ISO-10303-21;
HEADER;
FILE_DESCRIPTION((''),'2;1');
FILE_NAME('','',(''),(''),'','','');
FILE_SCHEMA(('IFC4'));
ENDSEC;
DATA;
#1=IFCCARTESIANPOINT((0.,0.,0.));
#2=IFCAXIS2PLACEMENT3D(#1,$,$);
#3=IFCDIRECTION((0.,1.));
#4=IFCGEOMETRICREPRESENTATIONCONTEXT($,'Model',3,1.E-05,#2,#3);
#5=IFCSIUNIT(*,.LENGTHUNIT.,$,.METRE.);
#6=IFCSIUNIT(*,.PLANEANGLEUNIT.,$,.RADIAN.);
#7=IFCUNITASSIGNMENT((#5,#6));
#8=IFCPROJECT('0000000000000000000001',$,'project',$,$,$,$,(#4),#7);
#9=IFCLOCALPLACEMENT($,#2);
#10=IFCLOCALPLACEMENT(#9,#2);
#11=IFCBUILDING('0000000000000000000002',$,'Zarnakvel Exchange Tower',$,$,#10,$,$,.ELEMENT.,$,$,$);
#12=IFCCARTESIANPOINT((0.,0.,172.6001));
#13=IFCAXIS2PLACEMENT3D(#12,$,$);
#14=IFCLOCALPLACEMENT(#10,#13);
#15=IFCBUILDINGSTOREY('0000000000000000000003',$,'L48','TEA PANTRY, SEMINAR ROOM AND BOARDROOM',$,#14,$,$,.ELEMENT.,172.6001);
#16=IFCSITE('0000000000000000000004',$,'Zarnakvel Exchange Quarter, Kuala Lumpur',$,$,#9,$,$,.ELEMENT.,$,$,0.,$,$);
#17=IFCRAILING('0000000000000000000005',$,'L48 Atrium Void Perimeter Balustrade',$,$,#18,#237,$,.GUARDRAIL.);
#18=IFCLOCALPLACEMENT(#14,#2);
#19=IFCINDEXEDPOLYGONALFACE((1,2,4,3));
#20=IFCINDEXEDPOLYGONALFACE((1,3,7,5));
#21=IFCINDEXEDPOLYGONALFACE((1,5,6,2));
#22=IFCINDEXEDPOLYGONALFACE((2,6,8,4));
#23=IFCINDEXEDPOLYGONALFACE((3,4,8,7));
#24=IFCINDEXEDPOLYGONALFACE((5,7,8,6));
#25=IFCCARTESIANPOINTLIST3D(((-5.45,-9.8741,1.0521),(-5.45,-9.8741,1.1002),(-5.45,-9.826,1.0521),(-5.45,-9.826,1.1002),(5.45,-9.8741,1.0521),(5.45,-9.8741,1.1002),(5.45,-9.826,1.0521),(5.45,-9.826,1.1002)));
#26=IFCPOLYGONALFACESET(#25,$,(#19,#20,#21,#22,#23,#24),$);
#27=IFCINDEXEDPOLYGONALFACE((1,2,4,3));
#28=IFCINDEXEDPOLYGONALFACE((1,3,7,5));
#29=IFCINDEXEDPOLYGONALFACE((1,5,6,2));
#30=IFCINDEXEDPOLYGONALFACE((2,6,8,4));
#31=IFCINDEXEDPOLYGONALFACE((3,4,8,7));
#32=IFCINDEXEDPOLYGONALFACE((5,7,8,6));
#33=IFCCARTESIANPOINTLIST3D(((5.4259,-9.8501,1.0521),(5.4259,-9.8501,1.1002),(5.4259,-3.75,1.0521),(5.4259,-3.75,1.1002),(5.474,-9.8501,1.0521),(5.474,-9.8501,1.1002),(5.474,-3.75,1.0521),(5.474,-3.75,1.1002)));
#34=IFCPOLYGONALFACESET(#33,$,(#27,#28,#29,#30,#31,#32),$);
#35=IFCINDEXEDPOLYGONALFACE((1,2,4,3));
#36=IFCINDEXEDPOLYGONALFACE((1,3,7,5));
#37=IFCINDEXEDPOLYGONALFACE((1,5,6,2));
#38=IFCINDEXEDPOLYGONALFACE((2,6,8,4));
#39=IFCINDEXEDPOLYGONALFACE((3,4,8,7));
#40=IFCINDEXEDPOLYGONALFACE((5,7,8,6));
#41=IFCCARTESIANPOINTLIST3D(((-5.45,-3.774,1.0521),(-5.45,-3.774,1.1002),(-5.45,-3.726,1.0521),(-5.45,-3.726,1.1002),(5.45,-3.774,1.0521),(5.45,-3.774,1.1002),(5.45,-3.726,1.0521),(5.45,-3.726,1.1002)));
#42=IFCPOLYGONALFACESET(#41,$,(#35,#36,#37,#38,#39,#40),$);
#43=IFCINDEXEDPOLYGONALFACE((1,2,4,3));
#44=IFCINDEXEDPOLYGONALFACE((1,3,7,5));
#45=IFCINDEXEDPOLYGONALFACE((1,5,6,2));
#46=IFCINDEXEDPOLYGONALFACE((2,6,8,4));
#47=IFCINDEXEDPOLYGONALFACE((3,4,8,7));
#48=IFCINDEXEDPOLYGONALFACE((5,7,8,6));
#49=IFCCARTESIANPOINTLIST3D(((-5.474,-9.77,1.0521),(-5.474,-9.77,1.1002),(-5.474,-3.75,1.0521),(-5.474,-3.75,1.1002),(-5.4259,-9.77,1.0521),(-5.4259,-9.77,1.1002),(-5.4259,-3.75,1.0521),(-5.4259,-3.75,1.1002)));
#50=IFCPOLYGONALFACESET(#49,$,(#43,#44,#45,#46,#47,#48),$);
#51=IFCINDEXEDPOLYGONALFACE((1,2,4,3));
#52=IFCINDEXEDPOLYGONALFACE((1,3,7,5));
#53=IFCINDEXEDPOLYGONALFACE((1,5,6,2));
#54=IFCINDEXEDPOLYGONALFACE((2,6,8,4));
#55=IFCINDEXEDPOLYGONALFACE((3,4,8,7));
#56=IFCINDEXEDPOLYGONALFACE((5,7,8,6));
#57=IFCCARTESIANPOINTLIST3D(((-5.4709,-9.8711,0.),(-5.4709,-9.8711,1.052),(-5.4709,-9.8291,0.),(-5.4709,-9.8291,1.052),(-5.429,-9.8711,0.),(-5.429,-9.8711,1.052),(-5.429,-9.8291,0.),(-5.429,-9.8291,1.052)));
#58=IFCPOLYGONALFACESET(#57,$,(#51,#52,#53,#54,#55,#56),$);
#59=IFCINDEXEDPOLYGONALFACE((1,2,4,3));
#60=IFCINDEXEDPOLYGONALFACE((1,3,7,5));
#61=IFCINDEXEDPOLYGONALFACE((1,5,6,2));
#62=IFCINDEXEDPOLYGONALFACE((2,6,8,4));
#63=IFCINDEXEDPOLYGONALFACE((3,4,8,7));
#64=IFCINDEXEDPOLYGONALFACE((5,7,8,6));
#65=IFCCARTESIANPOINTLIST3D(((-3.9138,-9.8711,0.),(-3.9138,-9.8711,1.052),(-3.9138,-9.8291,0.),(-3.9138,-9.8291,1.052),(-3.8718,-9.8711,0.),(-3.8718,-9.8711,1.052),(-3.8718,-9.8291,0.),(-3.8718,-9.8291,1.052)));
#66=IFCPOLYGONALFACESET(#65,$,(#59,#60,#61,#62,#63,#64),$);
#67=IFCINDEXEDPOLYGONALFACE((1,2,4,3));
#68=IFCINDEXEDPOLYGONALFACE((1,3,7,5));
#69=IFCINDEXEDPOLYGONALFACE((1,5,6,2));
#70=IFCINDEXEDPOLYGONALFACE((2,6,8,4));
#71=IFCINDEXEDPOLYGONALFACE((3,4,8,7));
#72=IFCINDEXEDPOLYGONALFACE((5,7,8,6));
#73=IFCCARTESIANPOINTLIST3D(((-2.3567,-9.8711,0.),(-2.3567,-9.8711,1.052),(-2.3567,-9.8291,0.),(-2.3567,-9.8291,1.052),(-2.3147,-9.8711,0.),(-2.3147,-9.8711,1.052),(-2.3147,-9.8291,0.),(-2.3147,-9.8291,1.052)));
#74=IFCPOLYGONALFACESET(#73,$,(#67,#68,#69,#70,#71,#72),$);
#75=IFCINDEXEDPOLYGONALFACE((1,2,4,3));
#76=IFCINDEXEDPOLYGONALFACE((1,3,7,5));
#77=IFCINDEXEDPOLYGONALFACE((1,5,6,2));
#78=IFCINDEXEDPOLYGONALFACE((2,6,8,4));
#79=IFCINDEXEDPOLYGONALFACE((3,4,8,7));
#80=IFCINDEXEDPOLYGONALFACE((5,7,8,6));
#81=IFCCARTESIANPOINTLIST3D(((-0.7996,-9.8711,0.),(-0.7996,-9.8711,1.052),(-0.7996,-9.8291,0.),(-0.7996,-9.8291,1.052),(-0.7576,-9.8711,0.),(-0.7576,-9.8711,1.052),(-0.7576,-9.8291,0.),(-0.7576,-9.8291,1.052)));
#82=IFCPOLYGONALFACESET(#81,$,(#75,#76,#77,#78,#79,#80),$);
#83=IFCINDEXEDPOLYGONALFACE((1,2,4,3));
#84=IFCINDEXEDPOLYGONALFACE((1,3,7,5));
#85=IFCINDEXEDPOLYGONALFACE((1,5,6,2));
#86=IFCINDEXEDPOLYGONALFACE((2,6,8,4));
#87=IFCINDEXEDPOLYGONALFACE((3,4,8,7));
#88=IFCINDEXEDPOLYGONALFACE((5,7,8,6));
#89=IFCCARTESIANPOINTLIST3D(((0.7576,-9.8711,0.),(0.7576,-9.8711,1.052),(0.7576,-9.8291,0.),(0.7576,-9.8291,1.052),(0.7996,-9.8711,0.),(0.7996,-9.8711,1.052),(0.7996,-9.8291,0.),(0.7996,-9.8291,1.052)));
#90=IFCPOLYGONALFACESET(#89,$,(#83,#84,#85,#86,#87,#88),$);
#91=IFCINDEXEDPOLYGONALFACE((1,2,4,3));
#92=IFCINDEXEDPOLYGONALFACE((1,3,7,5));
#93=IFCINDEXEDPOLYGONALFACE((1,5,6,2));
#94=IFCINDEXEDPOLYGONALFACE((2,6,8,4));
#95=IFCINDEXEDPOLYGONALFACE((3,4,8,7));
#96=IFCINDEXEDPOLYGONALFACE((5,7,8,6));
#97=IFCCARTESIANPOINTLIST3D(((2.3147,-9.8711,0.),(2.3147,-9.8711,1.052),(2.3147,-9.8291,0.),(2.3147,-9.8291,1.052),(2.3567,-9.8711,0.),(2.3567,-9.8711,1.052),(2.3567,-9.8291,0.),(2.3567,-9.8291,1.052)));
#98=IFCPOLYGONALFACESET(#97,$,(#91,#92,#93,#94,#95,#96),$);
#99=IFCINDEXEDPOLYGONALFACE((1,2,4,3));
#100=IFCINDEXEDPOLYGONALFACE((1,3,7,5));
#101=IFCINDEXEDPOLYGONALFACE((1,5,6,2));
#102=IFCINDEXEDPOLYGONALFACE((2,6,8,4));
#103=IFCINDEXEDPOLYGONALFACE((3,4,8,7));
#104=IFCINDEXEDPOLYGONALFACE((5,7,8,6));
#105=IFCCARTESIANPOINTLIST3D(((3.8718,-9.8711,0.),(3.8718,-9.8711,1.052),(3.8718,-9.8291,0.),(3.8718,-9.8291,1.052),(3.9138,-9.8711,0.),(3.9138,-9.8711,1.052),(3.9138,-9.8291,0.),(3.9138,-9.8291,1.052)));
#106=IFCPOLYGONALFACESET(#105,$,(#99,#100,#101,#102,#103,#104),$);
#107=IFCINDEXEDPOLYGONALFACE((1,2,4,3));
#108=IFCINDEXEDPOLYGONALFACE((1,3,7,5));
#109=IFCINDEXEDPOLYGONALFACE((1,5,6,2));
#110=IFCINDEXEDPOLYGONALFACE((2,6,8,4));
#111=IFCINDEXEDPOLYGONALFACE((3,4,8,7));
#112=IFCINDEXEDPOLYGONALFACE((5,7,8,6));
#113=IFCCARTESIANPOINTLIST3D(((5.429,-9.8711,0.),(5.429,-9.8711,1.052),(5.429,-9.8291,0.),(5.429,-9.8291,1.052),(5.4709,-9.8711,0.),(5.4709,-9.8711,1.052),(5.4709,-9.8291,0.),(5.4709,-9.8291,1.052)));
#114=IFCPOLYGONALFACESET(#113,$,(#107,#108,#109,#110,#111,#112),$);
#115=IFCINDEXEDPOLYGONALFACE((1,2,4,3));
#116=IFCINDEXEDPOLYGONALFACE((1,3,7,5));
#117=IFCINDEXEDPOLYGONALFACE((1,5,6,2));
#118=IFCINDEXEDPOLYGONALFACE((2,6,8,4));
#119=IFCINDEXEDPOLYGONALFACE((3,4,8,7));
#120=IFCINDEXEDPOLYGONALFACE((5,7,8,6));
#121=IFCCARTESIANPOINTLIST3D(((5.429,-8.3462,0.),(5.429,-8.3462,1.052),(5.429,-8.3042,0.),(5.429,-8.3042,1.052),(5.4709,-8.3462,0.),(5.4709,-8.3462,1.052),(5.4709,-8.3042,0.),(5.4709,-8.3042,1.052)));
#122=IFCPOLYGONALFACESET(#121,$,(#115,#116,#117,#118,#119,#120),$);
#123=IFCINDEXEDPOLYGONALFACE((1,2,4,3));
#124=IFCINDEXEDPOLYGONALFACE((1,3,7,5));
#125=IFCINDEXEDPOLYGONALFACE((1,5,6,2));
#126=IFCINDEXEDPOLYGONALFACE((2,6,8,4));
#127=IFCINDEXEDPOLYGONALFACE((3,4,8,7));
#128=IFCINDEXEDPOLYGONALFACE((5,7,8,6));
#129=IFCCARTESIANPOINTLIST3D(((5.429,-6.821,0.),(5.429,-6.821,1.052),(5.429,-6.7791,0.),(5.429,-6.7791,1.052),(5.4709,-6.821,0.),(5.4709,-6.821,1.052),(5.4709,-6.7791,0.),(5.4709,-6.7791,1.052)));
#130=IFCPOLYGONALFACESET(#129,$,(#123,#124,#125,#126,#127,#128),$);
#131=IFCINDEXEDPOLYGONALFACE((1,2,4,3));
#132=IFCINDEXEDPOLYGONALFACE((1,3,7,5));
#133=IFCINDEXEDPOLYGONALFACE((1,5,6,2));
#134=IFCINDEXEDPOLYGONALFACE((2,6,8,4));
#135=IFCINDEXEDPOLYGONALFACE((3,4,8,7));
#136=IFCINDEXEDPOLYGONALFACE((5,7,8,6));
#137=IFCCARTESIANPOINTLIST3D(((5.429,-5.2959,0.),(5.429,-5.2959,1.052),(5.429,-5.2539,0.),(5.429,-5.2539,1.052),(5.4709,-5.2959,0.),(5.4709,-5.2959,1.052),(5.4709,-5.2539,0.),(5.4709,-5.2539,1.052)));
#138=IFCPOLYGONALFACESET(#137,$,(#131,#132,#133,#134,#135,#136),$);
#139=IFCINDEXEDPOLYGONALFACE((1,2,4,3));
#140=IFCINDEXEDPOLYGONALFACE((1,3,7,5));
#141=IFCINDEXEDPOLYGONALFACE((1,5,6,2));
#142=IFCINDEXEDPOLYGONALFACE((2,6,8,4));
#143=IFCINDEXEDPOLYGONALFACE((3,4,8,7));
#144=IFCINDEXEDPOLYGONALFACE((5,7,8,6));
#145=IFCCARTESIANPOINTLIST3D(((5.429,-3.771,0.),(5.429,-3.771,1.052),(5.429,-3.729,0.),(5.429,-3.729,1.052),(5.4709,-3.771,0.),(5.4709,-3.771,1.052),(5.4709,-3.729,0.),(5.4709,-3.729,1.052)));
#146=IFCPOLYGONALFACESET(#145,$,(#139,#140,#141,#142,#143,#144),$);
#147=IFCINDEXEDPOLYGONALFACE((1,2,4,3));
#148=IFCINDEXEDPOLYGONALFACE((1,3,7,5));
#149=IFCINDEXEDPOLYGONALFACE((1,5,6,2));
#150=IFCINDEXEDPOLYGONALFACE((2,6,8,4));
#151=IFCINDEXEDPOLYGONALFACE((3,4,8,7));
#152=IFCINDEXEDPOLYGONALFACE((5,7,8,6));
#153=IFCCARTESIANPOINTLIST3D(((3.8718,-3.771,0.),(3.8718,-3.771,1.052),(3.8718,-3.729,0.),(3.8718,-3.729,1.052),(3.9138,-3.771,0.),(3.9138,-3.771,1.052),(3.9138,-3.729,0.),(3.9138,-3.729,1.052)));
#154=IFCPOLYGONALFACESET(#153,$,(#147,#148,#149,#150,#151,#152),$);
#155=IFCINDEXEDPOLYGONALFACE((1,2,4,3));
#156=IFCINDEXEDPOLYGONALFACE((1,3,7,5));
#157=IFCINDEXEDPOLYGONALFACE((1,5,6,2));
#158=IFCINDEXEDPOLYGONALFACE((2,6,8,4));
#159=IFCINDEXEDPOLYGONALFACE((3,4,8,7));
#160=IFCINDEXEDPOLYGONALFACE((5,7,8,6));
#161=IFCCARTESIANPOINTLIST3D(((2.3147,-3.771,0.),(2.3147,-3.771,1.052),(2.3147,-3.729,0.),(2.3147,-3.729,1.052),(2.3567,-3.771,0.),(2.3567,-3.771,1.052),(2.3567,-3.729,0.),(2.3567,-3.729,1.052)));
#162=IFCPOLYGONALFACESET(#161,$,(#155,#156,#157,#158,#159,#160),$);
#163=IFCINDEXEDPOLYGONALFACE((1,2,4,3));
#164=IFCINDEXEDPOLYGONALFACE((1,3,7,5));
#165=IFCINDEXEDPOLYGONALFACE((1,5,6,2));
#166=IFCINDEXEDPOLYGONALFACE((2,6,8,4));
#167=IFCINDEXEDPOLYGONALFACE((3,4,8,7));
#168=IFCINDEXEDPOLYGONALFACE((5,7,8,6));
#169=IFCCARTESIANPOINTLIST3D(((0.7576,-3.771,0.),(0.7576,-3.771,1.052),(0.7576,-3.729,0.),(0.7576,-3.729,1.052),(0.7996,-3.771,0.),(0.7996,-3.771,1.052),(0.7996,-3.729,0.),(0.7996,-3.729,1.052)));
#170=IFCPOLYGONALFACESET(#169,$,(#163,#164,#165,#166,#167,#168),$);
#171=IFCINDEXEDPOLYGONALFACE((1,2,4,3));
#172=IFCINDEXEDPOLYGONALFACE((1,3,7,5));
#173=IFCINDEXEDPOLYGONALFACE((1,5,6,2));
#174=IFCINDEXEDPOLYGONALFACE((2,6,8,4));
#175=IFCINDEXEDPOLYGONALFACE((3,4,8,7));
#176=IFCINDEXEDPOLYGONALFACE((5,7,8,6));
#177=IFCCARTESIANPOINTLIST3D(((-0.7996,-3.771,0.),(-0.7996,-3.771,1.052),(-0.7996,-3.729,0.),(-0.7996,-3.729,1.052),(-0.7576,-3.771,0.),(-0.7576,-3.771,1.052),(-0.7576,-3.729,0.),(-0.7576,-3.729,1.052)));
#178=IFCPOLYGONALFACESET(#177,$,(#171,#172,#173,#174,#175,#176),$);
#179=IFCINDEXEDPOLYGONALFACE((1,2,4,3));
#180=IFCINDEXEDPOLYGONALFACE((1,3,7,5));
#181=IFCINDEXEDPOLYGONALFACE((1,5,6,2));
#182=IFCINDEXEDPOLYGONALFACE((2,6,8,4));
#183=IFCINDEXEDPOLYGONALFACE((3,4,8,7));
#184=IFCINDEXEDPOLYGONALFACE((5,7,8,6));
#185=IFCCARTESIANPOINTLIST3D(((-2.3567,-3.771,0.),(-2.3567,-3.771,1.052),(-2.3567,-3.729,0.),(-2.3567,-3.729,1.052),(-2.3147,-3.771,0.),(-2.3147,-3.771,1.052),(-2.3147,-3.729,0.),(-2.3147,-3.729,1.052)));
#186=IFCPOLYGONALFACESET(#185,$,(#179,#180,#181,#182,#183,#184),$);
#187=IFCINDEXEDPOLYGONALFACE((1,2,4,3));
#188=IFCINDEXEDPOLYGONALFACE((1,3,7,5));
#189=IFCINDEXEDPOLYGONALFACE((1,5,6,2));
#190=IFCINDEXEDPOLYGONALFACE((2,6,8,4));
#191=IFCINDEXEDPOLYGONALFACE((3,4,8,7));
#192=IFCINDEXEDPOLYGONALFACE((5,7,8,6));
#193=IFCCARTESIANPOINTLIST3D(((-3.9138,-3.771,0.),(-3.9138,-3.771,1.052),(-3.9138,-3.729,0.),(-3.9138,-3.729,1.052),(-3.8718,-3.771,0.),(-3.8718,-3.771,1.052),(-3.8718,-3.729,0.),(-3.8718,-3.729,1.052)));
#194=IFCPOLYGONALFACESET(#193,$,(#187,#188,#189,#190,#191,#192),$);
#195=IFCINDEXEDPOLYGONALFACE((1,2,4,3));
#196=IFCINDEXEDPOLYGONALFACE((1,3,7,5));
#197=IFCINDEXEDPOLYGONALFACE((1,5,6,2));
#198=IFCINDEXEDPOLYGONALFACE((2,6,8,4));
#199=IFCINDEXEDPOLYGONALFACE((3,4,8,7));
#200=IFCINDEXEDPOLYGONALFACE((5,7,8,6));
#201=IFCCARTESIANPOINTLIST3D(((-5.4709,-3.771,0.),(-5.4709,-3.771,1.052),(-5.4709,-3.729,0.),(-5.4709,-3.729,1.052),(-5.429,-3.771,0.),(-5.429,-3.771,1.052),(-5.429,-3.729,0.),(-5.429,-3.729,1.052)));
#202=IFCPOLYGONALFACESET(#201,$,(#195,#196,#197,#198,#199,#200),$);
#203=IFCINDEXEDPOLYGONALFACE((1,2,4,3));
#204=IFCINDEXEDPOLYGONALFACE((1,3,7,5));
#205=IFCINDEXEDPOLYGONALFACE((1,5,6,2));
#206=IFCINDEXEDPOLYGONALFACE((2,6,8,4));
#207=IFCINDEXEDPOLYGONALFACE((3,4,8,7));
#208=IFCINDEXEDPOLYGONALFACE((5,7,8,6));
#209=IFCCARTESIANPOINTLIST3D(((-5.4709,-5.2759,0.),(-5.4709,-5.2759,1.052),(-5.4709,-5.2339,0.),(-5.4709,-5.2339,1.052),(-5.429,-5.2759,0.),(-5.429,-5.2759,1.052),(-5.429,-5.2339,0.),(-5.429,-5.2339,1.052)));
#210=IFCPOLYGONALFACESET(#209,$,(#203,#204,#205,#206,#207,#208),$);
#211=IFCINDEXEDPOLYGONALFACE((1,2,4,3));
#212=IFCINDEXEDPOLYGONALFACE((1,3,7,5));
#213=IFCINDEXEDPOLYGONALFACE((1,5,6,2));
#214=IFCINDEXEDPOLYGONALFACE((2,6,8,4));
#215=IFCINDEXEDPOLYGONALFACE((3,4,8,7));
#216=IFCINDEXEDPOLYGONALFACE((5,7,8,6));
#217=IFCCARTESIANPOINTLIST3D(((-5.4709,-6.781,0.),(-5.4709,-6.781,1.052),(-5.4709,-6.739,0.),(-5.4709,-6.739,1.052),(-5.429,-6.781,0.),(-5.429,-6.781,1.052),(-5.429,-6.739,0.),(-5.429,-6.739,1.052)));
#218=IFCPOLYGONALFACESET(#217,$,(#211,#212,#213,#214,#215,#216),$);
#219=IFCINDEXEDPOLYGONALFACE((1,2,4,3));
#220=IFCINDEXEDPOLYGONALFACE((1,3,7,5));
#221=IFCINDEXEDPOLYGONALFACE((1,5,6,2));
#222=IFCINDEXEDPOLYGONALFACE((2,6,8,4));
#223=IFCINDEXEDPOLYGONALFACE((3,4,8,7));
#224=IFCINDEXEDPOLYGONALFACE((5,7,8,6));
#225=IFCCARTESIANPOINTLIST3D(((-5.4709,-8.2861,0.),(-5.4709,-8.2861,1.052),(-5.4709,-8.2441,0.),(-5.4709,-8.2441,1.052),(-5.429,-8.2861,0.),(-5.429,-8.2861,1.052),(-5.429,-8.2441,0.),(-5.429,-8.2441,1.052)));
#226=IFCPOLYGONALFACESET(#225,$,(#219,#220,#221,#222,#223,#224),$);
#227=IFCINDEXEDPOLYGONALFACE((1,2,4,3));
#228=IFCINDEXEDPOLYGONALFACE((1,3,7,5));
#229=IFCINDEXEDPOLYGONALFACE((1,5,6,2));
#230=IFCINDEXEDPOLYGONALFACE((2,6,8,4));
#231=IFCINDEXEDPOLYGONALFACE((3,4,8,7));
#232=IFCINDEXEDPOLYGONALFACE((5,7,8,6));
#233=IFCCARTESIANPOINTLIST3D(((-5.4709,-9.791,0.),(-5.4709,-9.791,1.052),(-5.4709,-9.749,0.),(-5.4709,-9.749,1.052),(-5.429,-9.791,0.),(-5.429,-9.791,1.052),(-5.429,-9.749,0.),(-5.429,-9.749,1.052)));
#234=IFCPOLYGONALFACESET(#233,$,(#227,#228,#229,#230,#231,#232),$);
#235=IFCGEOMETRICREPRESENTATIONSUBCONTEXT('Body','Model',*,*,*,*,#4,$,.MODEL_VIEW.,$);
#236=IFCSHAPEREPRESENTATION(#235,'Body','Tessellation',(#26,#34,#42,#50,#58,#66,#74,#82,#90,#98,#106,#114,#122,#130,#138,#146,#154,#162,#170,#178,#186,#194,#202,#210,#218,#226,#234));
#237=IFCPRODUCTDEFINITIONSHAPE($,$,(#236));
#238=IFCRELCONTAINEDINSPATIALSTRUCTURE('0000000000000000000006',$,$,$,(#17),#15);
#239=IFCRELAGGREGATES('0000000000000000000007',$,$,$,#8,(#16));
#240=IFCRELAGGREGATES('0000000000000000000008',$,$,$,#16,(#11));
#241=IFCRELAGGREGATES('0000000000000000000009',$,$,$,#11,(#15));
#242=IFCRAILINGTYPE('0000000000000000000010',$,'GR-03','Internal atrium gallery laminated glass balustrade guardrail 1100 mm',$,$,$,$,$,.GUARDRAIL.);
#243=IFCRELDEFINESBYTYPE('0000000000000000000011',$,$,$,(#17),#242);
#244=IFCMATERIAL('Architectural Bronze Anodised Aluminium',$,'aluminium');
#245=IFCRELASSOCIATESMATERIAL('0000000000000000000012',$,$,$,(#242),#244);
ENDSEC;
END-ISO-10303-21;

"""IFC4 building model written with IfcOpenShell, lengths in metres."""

from ifc_helpers import new_model, si_unit, direction, frame, origin, origin_2d, place, context, subcontext, project, spatial, rectangle, extrude, material, type_object, element, save


model = new_model("IFC4")

# Units and contexts
model_context = context("Model", 3, precision=1e-05, world=origin(), true_north=direction((0.0, 1.0)))
body_context = subcontext(model_context, "Body", "Model", "MODEL_VIEW")
ifc_project = project(units=[si_unit("LENGTHUNIT", "METRE"), si_unit("PLANEANGLEUNIT", "RADIAN")], contexts=[model_context])

# Site, building, storey
site_placement = place(None, origin())
site = spatial("IfcSite", under=ifc_project, at=site_placement, Name="Zarnakvel Exchange Quarter, Kuala Lumpur", CompositionType="ELEMENT", RefElevation=0.0)
building_placement = place(site_placement, origin())
building = spatial("IfcBuilding", under=site, at=building_placement, Name="Zarnakvel Exchange Tower", CompositionType="ELEMENT")
storey_placement = place(building_placement, frame((0.0, 0.0, 172.6001)))
storey = spatial("IfcBuildingStorey", under=building, at=storey_placement, Name="L48", Description="TEA PANTRY, SEMINAR ROOM AND BOARDROOM", CompositionType="ELEMENT", Elevation=172.6001)

# Shared definitions
ifc_material_1 = material(Name="Architectural Bronze Anodised Aluminium", Category="aluminium")

# Railing
railing_type_1 = type_object("IfcRailingType", Name="GR-03", Description="Internal atrium gallery laminated glass balustrade guardrail 1100 mm", PredefinedType="GUARDRAIL", material=ifc_material_1)
railing_1_placement = place(storey_placement, frame((-5.45, -9.8501, 0.0)))
element("IfcRailing", 1, at=railing_1_placement, inside=storey, type_object=railing_type_1, Name="L48 Atrium Void Perimeter Balustrade", PredefinedType="GUARDRAIL", context=body_context, shape_type="SweptSolid", body=[
    extrude(rectangle(XDim=0.0481, YDim=0.0481, at=origin_2d()), frame((0.0, 0.0, 1.0762), z_axis=(1.0, 0.0, 0.0), x_axis=(0.0, 1.0, 0.0)), (0.0, 0.0, 1.0), 10.8999),
    extrude(rectangle(XDim=0.0481, YDim=0.0481, at=origin_2d()), frame((10.8999, 0.0, 1.0762), z_axis=(0.0, 1.0, 0.0), x_axis=(-1.0, 0.0, 0.0)), (0.0, 0.0, 1.0), 6.1001),
    extrude(rectangle(XDim=0.0481, YDim=0.0481, at=origin_2d()), frame((10.8999, 6.1001, 1.0762), z_axis=(-1.0, 0.0, 0.0), x_axis=(0.0, -1.0, 0.0)), (0.0, 0.0, 1.0), 10.8999),
    extrude(rectangle(XDim=0.0481, YDim=0.0481, at=origin_2d()), frame((0.0, 6.1001, 1.0762), z_axis=(0.0, -1.0, 0.0), x_axis=(1.0, 0.0, 0.0)), (0.0, 0.0, 1.0), 6.02),
    extrude(rectangle(XDim=0.042, YDim=0.042, at=origin_2d()), origin(), (0.0, 0.0, 1.0), 1.052),
    extrude(rectangle(XDim=0.042, YDim=0.042, at=origin_2d()), frame((1.5571, 0.0, 0.0)), (0.0, 0.0, 1.0), 1.052),
    extrude(rectangle(XDim=0.042, YDim=0.042, at=origin_2d()), frame((3.1143, 0.0, 0.0)), (0.0, 0.0, 1.0), 1.052),
    extrude(rectangle(XDim=0.042, YDim=0.042, at=origin_2d()), frame((4.6714, 0.0, 0.0)), (0.0, 0.0, 1.0), 1.052),
    extrude(rectangle(XDim=0.042, YDim=0.042, at=origin_2d()), frame((6.2285, 0.0, 0.0)), (0.0, 0.0, 1.0), 1.052),
    extrude(rectangle(XDim=0.042, YDim=0.042, at=origin_2d()), frame((7.7856, 0.0, 0.0)), (0.0, 0.0, 1.0), 1.052),
    extrude(rectangle(XDim=0.042, YDim=0.042, at=origin_2d()), frame((9.3428, 0.0, 0.0)), (0.0, 0.0, 1.0), 1.052),
    extrude(rectangle(XDim=0.042, YDim=0.042, at=origin_2d()), frame((10.8999, 0.0, 0.0)), (0.0, 0.0, 1.0), 1.052),
    extrude(rectangle(XDim=0.042, YDim=0.042, at=origin_2d()), frame((10.8999, 1.5249, 0.0)), (0.0, 0.0, 1.0), 1.052),
    extrude(rectangle(XDim=0.042, YDim=0.042, at=origin_2d()), frame((10.8999, 3.05, 0.0)), (0.0, 0.0, 1.0), 1.052),
    extrude(rectangle(XDim=0.042, YDim=0.042, at=origin_2d()), frame((10.8999, 4.5752, 0.0)), (0.0, 0.0, 1.0), 1.052),
    extrude(rectangle(XDim=0.042, YDim=0.042, at=origin_2d()), frame((10.8999, 6.1001, 0.0)), (0.0, 0.0, 1.0), 1.052),
    extrude(rectangle(XDim=0.042, YDim=0.042, at=origin_2d()), frame((9.3428, 6.1001, 0.0)), (0.0, 0.0, 1.0), 1.052),
    extrude(rectangle(XDim=0.042, YDim=0.042, at=origin_2d()), frame((7.7856, 6.1001, 0.0)), (0.0, 0.0, 1.0), 1.052),
    extrude(rectangle(XDim=0.042, YDim=0.042, at=origin_2d()), frame((6.2285, 6.1001, 0.0)), (0.0, 0.0, 1.0), 1.052),
    extrude(rectangle(XDim=0.042, YDim=0.042, at=origin_2d()), frame((4.6714, 6.1001, 0.0)), (0.0, 0.0, 1.0), 1.052),
    extrude(rectangle(XDim=0.042, YDim=0.042, at=origin_2d()), frame((3.1143, 6.1001, 0.0)), (0.0, 0.0, 1.0), 1.052),
    extrude(rectangle(XDim=0.042, YDim=0.042, at=origin_2d()), frame((1.5571, 6.1001, 0.0)), (0.0, 0.0, 1.0), 1.052),
    extrude(rectangle(XDim=0.042, YDim=0.042, at=origin_2d()), frame((0.0, 6.1001, 0.0)), (0.0, 0.0, 1.0), 1.052),
    extrude(rectangle(XDim=0.042, YDim=0.042, at=origin_2d()), frame((0.0, 4.5952, 0.0)), (0.0, 0.0, 1.0), 1.052),
    extrude(rectangle(XDim=0.042, YDim=0.042, at=origin_2d()), frame((0.0, 3.0901, 0.0)), (0.0, 0.0, 1.0), 1.052),
    extrude(rectangle(XDim=0.042, YDim=0.042, at=origin_2d()), frame((0.0, 1.585, 0.0)), (0.0, 0.0, 1.0), 1.052),
    extrude(rectangle(XDim=0.042, YDim=0.042, at=origin_2d()), frame((0.0, 0.0801, 0.0)), (0.0, 0.0, 1.0), 1.052),
])

save(model, "model.ifc")
